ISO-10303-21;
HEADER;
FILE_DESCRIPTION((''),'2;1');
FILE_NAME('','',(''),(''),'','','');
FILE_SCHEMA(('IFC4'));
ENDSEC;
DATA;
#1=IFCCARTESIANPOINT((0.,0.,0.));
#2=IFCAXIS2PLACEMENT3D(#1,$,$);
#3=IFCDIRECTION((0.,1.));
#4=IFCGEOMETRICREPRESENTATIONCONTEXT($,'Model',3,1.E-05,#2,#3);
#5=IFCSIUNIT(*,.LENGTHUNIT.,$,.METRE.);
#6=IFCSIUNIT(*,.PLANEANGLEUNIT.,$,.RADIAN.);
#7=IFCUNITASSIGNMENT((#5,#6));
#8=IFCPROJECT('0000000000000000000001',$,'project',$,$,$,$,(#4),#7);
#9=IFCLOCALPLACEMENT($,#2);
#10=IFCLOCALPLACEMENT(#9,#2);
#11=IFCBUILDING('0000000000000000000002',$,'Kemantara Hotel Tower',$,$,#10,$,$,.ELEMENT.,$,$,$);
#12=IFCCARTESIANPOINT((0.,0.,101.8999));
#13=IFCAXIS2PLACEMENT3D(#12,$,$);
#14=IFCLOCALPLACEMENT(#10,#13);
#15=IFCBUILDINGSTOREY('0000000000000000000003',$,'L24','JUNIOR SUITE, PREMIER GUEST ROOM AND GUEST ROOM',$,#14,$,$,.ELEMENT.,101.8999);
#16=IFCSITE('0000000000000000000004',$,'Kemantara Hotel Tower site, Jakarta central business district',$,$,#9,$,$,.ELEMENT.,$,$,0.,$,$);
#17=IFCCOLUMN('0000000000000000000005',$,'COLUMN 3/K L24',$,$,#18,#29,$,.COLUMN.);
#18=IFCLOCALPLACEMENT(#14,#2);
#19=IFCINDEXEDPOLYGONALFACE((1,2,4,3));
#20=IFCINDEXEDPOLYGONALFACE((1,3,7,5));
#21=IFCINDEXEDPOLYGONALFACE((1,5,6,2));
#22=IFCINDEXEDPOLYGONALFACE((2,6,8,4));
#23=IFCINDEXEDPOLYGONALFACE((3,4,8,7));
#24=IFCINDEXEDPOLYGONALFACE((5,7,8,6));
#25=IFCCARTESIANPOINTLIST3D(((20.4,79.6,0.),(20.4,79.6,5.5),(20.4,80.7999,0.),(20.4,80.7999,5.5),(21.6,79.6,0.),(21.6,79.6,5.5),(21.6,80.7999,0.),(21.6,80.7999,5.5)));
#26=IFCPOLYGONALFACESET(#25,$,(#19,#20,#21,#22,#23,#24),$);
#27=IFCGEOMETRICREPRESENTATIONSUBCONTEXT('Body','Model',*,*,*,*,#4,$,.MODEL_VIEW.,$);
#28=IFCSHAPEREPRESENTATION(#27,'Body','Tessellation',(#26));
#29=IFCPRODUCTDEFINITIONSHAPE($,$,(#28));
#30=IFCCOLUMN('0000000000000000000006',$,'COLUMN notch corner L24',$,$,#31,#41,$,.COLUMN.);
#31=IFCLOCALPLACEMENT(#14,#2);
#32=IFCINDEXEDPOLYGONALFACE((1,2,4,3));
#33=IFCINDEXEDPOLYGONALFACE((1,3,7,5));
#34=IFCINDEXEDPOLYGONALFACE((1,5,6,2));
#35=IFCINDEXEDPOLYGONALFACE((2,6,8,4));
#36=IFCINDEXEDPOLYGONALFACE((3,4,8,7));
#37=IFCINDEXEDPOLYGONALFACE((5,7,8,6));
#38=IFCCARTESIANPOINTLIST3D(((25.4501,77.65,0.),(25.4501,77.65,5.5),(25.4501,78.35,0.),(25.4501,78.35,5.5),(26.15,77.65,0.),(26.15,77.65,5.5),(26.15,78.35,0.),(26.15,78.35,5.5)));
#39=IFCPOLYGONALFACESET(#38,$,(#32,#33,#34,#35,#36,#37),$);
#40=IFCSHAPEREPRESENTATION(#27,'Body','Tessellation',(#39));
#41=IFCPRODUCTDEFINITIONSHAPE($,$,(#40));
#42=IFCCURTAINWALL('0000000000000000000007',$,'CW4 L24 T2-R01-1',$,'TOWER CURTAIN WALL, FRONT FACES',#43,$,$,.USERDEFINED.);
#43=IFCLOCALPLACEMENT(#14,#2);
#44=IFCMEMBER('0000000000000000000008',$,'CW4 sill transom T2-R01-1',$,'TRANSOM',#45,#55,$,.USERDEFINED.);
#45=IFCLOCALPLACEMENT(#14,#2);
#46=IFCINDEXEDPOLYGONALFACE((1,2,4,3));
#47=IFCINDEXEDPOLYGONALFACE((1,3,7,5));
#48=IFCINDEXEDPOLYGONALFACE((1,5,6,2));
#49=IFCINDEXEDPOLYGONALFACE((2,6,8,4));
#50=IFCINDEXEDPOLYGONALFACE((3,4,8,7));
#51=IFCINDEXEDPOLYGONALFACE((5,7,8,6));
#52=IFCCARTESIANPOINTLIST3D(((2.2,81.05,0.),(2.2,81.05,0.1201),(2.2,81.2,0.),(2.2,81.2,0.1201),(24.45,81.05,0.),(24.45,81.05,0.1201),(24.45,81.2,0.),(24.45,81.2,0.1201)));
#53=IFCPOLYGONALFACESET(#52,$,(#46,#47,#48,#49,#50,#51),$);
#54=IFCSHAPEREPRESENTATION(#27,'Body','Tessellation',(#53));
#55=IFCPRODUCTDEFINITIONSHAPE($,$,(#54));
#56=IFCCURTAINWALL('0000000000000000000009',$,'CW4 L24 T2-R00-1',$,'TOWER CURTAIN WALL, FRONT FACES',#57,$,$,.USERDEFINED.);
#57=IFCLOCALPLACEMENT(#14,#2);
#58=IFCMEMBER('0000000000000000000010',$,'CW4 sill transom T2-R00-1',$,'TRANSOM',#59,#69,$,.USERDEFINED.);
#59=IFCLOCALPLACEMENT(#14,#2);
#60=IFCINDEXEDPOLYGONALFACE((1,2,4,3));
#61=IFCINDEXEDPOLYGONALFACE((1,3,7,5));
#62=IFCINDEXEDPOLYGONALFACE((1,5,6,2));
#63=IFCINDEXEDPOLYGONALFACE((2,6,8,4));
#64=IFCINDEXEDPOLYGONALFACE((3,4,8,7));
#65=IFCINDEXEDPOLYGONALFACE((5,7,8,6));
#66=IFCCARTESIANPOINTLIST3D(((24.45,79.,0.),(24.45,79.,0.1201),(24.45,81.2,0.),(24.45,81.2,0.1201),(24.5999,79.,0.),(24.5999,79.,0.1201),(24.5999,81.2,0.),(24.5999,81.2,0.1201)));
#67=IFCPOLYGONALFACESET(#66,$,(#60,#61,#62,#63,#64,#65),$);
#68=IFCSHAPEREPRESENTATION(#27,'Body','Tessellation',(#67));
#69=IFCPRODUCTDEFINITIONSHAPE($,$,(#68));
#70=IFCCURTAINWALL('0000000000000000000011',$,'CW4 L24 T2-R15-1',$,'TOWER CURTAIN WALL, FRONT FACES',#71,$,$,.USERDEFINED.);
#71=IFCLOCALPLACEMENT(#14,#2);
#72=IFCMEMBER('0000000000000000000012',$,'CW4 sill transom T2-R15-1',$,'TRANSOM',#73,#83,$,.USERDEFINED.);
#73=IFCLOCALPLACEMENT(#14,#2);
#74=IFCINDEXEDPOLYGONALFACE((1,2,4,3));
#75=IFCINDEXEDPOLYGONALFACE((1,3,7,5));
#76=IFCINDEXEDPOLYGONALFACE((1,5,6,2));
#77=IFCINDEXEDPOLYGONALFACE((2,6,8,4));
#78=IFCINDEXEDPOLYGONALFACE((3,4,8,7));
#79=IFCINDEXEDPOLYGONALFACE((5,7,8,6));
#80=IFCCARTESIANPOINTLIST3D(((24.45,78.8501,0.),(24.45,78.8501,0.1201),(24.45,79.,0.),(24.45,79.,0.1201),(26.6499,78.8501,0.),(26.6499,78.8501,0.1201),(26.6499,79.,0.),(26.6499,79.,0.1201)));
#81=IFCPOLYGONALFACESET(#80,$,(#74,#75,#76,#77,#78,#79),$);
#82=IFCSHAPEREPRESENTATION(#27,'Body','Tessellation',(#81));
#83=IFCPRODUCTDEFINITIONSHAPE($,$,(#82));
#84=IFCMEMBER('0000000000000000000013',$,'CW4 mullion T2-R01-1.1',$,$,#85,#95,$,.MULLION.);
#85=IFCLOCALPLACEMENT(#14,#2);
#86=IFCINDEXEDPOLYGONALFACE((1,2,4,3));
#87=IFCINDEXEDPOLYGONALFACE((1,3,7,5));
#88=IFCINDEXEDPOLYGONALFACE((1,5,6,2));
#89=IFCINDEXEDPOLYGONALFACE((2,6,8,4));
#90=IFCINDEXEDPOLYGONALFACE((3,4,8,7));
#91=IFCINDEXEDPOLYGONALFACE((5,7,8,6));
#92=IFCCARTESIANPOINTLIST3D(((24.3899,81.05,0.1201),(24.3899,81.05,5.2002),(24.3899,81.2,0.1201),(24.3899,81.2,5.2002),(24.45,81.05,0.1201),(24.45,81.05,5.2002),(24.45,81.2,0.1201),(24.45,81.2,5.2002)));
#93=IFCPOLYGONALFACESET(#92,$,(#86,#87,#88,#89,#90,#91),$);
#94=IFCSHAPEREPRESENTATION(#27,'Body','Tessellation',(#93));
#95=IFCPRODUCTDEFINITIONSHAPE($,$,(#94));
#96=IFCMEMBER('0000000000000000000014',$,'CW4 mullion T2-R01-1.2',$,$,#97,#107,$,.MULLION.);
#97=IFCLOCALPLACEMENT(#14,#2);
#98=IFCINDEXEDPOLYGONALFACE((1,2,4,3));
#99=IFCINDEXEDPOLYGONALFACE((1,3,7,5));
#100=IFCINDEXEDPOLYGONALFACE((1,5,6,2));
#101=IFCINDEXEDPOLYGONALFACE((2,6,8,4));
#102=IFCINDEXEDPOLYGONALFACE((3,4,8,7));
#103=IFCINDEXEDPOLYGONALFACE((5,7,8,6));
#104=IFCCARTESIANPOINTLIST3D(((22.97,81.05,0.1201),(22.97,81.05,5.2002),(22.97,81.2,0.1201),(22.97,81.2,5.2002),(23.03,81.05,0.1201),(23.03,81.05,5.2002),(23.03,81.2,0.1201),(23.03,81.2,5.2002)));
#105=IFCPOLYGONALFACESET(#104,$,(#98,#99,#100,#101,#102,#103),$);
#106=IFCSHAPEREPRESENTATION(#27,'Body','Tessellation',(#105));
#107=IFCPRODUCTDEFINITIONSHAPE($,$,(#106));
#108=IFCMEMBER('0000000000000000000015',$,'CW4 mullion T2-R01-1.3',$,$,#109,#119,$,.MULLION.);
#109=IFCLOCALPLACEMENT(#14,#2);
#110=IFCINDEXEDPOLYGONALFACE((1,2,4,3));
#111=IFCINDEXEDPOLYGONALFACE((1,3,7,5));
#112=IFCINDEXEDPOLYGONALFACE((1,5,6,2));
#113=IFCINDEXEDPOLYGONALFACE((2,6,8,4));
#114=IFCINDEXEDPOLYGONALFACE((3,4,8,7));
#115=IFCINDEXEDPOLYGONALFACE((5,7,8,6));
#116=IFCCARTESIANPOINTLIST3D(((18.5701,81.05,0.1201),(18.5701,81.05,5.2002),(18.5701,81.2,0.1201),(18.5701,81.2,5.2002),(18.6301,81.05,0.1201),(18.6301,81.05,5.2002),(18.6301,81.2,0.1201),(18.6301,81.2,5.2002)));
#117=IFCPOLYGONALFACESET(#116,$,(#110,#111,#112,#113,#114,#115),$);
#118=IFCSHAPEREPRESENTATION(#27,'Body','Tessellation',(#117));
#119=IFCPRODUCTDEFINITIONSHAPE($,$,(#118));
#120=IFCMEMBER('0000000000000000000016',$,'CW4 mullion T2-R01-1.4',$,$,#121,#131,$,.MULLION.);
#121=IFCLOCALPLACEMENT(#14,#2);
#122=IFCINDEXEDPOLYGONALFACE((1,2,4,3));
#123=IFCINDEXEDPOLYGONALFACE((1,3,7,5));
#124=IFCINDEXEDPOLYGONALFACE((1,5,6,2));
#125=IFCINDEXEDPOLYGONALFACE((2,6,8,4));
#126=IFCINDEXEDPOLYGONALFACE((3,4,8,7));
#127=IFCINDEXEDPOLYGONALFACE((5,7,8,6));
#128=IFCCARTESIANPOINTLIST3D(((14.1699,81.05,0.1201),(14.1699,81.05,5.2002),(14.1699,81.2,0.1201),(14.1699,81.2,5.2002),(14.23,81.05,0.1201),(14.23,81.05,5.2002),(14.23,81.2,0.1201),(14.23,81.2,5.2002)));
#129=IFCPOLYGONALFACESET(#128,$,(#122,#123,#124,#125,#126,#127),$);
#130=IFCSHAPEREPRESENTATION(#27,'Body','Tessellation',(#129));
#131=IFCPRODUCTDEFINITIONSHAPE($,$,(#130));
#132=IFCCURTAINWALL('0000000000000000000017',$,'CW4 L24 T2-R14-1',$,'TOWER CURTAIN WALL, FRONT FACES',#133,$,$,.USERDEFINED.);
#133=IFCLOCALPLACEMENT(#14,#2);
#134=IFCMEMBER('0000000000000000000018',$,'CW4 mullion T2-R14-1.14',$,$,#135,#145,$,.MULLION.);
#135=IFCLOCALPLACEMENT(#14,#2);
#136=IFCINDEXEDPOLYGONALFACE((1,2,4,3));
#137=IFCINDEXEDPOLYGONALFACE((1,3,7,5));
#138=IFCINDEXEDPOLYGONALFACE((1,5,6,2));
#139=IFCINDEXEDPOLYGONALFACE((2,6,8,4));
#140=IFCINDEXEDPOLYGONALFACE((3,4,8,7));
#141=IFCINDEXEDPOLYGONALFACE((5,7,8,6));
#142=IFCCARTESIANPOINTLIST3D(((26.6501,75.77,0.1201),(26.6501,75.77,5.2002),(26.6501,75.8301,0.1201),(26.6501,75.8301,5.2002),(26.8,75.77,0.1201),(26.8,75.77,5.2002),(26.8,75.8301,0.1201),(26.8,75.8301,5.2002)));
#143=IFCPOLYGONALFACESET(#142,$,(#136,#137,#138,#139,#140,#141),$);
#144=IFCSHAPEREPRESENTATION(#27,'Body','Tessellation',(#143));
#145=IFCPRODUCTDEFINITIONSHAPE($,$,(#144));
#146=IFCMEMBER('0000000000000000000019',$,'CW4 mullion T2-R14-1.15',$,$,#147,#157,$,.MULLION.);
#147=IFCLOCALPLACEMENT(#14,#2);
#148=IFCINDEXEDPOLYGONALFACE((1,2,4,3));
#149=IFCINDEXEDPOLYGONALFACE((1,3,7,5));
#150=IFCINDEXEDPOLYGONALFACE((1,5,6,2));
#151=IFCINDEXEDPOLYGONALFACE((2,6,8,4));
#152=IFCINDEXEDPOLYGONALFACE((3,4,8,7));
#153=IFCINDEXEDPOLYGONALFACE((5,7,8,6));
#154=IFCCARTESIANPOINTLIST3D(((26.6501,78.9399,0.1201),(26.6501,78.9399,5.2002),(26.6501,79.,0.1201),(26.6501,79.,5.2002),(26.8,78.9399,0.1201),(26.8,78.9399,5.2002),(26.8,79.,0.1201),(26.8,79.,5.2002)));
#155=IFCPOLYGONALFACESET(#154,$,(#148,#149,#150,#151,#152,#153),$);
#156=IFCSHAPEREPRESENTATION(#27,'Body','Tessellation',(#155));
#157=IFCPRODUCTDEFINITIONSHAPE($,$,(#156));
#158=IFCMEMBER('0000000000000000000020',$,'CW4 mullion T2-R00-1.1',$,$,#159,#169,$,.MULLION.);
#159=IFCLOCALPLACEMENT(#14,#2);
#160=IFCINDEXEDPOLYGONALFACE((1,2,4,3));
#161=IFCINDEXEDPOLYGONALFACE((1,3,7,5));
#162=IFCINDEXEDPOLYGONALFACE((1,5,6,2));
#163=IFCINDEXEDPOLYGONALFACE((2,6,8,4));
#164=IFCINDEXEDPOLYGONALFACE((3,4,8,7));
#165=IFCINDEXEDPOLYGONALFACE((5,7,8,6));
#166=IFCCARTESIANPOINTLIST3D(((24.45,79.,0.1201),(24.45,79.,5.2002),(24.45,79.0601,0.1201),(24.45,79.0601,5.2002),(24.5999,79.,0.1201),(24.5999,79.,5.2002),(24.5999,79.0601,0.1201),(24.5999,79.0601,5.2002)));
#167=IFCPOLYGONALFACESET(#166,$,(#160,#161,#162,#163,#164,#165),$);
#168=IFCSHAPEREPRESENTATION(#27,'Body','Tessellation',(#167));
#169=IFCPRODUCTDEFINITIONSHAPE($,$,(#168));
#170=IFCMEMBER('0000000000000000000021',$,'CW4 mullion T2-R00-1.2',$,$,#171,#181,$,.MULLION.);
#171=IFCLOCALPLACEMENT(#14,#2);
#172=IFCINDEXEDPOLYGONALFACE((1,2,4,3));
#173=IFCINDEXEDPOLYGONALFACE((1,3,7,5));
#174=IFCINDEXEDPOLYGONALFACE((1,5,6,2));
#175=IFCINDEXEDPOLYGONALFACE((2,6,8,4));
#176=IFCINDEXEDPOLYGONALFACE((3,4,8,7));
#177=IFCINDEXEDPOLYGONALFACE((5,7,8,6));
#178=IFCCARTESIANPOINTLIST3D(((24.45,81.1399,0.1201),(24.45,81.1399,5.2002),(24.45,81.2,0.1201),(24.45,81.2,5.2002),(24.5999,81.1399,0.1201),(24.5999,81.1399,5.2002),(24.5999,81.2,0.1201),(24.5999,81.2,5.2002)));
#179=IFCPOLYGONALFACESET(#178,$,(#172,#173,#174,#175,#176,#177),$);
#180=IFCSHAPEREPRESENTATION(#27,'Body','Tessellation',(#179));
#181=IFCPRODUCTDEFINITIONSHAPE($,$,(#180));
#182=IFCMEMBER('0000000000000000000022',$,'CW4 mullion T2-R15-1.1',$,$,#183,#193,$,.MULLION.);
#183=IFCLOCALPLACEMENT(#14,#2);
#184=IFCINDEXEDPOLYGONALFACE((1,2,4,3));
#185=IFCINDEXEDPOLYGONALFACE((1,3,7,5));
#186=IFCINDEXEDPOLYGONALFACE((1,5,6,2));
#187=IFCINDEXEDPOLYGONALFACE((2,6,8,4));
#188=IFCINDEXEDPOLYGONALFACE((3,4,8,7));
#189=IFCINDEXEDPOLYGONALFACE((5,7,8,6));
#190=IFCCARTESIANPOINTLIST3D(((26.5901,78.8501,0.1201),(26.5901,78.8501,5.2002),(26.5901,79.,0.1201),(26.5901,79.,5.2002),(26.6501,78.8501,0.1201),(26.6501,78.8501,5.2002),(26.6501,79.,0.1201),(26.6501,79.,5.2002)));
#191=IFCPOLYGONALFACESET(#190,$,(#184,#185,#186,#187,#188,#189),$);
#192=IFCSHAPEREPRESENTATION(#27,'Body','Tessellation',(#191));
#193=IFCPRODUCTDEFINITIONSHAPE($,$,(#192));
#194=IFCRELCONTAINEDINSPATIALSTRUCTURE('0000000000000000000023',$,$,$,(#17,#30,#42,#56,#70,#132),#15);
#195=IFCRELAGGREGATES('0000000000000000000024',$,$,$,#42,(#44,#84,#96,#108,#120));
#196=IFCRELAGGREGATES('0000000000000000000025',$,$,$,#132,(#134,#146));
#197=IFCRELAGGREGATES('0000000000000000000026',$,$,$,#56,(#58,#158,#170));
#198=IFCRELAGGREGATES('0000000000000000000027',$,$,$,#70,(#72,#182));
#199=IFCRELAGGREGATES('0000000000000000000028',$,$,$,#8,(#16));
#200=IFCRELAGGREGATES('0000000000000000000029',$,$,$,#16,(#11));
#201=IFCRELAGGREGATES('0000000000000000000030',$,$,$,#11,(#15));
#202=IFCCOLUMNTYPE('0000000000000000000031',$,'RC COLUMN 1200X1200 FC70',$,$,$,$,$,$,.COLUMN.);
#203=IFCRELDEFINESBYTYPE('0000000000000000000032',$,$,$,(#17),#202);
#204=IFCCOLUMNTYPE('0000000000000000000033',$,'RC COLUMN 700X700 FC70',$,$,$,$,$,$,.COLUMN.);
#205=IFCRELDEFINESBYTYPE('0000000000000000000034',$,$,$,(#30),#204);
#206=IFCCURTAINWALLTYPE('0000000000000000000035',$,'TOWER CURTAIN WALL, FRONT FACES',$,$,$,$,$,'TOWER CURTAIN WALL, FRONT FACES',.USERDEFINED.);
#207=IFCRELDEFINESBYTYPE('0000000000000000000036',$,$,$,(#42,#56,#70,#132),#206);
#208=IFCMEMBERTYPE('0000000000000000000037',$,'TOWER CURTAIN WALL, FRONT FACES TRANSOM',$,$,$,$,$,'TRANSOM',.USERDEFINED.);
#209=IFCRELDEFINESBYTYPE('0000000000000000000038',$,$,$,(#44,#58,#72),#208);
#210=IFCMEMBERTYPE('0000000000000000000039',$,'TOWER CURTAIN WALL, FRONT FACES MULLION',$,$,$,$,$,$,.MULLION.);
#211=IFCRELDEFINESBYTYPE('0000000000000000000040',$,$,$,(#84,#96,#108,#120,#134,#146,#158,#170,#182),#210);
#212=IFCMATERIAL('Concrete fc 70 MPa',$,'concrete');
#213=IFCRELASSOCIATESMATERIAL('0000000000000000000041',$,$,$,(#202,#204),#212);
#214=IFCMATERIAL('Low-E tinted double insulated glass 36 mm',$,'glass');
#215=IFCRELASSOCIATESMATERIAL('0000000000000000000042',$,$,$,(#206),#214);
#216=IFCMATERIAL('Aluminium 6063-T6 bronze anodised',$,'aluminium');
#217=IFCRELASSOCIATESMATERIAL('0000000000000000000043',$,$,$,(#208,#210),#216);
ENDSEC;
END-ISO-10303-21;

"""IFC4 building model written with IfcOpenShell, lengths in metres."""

from ifc_helpers import new_model, si_unit, direction, frame, origin, origin_2d, place, context, subcontext, project, spatial, rectangle, extrude, source, transform, mapped, material, material_profile, profile_set, type_object, element, aggregate, save


model = new_model("IFC4")

# Units and contexts
model_context = context("Model", 3, precision=1e-05, world=origin(), true_north=direction((0.0, 1.0)))
body_context = subcontext(model_context, "Body", "Model", "MODEL_VIEW")
ifc_project = project(units=[si_unit("LENGTHUNIT", "METRE"), si_unit("PLANEANGLEUNIT", "RADIAN")], contexts=[model_context])

# Site, building, storey
site_placement = place(None, origin())
site = spatial("IfcSite", under=ifc_project, at=site_placement, Name="Kemantara Hotel Tower site, Jakarta central business district", CompositionType="ELEMENT", RefElevation=0.0)
building_placement = place(site_placement, origin())
building = spatial("IfcBuilding", under=site, at=building_placement, Name="Kemantara Hotel Tower", CompositionType="ELEMENT")
storey_placement = place(building_placement, frame((0.0, 0.0, 101.8999)))
storey = spatial("IfcBuildingStorey", under=building, at=storey_placement, Name="L24", Description="JUNIOR SUITE, PREMIER GUEST ROOM AND GUEST ROOM", CompositionType="ELEMENT", Elevation=101.8999)

# Columns
ifc_material_1 = material(Name="Concrete fc 70 MPa", Category="concrete")
ifc_material_profile_1 = material_profile(ifc_material_1, rectangle(XDim=1.2, YDim=1.2, at=origin_2d()), Name="RC 1200X1200")
ifc_profile_set_1 = profile_set([ifc_material_profile_1], Name="Concrete fc 70 MPa")
column_type_1 = type_object("IfcColumnType", Name="RC COLUMN 1200X1200 FC70", PredefinedType="COLUMN", material=ifc_profile_set_1)
column_1_placement = place(storey_placement, frame((21.0, 80.2, 0.0), z_axis=(0.0, 0.0, 1.0), x_axis=(1.0, 0.0, 0.0)))
element("IfcColumn", 1, at=column_1_placement, inside=storey, type_object=column_type_1, Name="COLUMN 3/K L24", PredefinedType="COLUMN", context=body_context, shape_type="SweptSolid", body=[
    extrude(rectangle(XDim=1.2, YDim=1.2, at=origin_2d()), origin(), (0.0, 0.0, 1.0), 5.5),
])
ifc_material_profile_2 = material_profile(ifc_material_1, rectangle(XDim=0.7, YDim=0.7, at=origin_2d()), Name="RC 700X700")
ifc_profile_set_2 = profile_set([ifc_material_profile_2], Name="Concrete fc 70 MPa")
column_type_2 = type_object("IfcColumnType", Name="RC COLUMN 700X700 FC70", PredefinedType="COLUMN", material=ifc_profile_set_2)
column_2_placement = place(storey_placement, frame((25.8, 78.0, 0.0), z_axis=(0.0, 0.0, 1.0), x_axis=(1.0, 0.0, 0.0)))
element("IfcColumn", 2, at=column_2_placement, inside=storey, type_object=column_type_2, Name="COLUMN notch corner L24", PredefinedType="COLUMN", context=body_context, shape_type="SweptSolid", body=[
    extrude(rectangle(XDim=0.7, YDim=0.7, at=origin_2d()), origin(), (0.0, 0.0, 1.0), 5.5),
])

# Curtain walls, members
ifc_material_2 = material(Name="Low-E tinted double insulated glass 36 mm", Category="glass")
curtain_wall_type = type_object("IfcCurtainWallType", Name="TOWER CURTAIN WALL, FRONT FACES", ElementType="TOWER CURTAIN WALL, FRONT FACES", PredefinedType="USERDEFINED", material=ifc_material_2)
curtain_wall_1_placement = place(storey_placement, origin())
curtain_wall_1 = element("IfcCurtainWall", 3, at=curtain_wall_1_placement, inside=storey, type_object=curtain_wall_type, Name="CW4 L24 T2-R01-1", ObjectType="TOWER CURTAIN WALL, FRONT FACES", PredefinedType="USERDEFINED")
ifc_material_3 = material(Name="Aluminium 6063-T6 bronze anodised", Category="aluminium")
ifc_material_profile_3 = material_profile(ifc_material_3, rectangle(XDim=0.1499, YDim=0.1201, at=origin_2d()), Name="TOWER CURTAIN WALL, FRONT FACES TRANSOM")
ifc_profile_set_3 = profile_set([ifc_material_profile_3], Name="Aluminium 6063-T6 bronze anodised")
member_type_1 = type_object("IfcMemberType", Name="TOWER CURTAIN WALL, FRONT FACES TRANSOM", ElementType="TRANSOM", PredefinedType="USERDEFINED", material=ifc_profile_set_3)
member_1_placement = place(storey_placement, frame((24.45, 81.125, 0.0601), z_axis=(-1.0, 0.0, 0.0), x_axis=(0.0, -1.0, 0.0)))
member_1 = element("IfcMember", 4, at=member_1_placement, type_object=member_type_1, Name="CW4 sill transom T2-R01-1", ObjectType="TRANSOM", PredefinedType="USERDEFINED", context=body_context, shape_type="SweptSolid", body=[
    extrude(rectangle(XDim=0.1499, YDim=0.1201, at=origin_2d()), origin(), (0.0, 0.0, 1.0), 22.25),
])
curtain_wall_2_placement = place(storey_placement, origin())
curtain_wall_2 = element("IfcCurtainWall", 5, at=curtain_wall_2_placement, inside=storey, type_object=curtain_wall_type, Name="CW4 L24 T2-R00-1", ObjectType="TOWER CURTAIN WALL, FRONT FACES", PredefinedType="USERDEFINED")
member_2_placement = place(storey_placement, frame((24.5249, 79.0, 0.0601), z_axis=(0.0, 1.0, 0.0), x_axis=(-1.0, 0.0, 0.0)))
member_2 = element("IfcMember", 6, at=member_2_placement, type_object=member_type_1, Name="CW4 sill transom T2-R00-1", ObjectType="TRANSOM", PredefinedType="USERDEFINED", context=body_context, shape_type="SweptSolid", body=[
    extrude(rectangle(XDim=0.1499, YDim=0.1201, at=origin_2d()), origin(), (0.0, 0.0, 1.0), 2.2),
])
curtain_wall_3_placement = place(storey_placement, origin())
curtain_wall_3 = element("IfcCurtainWall", 7, at=curtain_wall_3_placement, inside=storey, type_object=curtain_wall_type, Name="CW4 L24 T2-R15-1", ObjectType="TOWER CURTAIN WALL, FRONT FACES", PredefinedType="USERDEFINED")
member_3_placement = place(storey_placement, frame((26.6499, 78.925, 0.0601), z_axis=(-1.0, 0.0, 0.0), x_axis=(0.0, -1.0, 0.0)))
member_3 = element("IfcMember", 8, at=member_3_placement, type_object=member_type_1, Name="CW4 sill transom T2-R15-1", ObjectType="TRANSOM", PredefinedType="USERDEFINED", context=body_context, shape_type="SweptSolid", body=[
    extrude(rectangle(XDim=0.1499, YDim=0.1201, at=origin_2d()), origin(), (0.0, 0.0, 1.0), 2.2),
])

# Members
ifc_material_profile_4 = material_profile(ifc_material_3, rectangle(XDim=0.1499, YDim=0.0601, at=origin_2d()), Name="TOWER CURTAIN WALL, FRONT FACES MULLION")
ifc_profile_set_4 = profile_set([ifc_material_profile_4], Name="Aluminium 6063-T6 bronze anodised")
member_type_2 = type_object("IfcMemberType", Name="TOWER CURTAIN WALL, FRONT FACES MULLION", PredefinedType="MULLION", material=ifc_profile_set_4)
shared_shape_1 = source(origin(), body_context, "Body", "SweptSolid", [
    extrude(rectangle(XDim=0.1499, YDim=0.0601, at=origin_2d()), origin(), (0.0, 0.0, 1.0), 5.0801),
])
member_4_placement = place(storey_placement, frame((24.4199, 81.125, 0.1201), z_axis=(0.0, 0.0, 1.0), x_axis=(0.0, -1.0, 0.0)))
member_4 = element("IfcMember", 9, at=member_4_placement, type_object=member_type_2, Name="CW4 mullion T2-R01-1.1", PredefinedType="MULLION", context=body_context, shape_type="MappedRepresentation", body=[
    mapped(shared_shape_1, transform((0.0, 0.0, 0.0))),
])
member_5_placement = place(storey_placement, frame((23.0, 81.125, 0.1201), z_axis=(0.0, 0.0, 1.0), x_axis=(0.0, -1.0, 0.0)))
member_5 = element("IfcMember", 10, at=member_5_placement, type_object=member_type_2, Name="CW4 mullion T2-R01-1.2", PredefinedType="MULLION", context=body_context, shape_type="MappedRepresentation", body=[
    mapped(shared_shape_1, transform((0.0, 0.0, 0.0))),
])
member_6_placement = place(storey_placement, frame((18.6001, 81.125, 0.1201), z_axis=(0.0, 0.0, 1.0), x_axis=(0.0, -1.0, 0.0)))
member_6 = element("IfcMember", 11, at=member_6_placement, type_object=member_type_2, Name="CW4 mullion T2-R01-1.3", PredefinedType="MULLION", context=body_context, shape_type="MappedRepresentation", body=[
    mapped(shared_shape_1, transform((0.0, 0.0, 0.0))),
])
member_7_placement = place(storey_placement, frame((14.2, 81.125, 0.1201), z_axis=(0.0, 0.0, 1.0), x_axis=(0.0, -1.0, 0.0)))
member_7 = element("IfcMember", 12, at=member_7_placement, type_object=member_type_2, Name="CW4 mullion T2-R01-1.4", PredefinedType="MULLION", context=body_context, shape_type="MappedRepresentation", body=[
    mapped(shared_shape_1, transform((0.0, 0.0, 0.0))),
])

# Curtain wall, members
curtain_wall_4_placement = place(storey_placement, origin())
curtain_wall_4 = element("IfcCurtainWall", 13, at=curtain_wall_4_placement, inside=storey, type_object=curtain_wall_type, Name="CW4 L24 T2-R14-1", ObjectType="TOWER CURTAIN WALL, FRONT FACES", PredefinedType="USERDEFINED")
member_8_placement = place(storey_placement, frame((26.7251, 75.8, 0.1201), z_axis=(0.0, 0.0, 1.0), x_axis=(-1.0, 0.0, 0.0)))
member_8 = element("IfcMember", 14, at=member_8_placement, type_object=member_type_2, Name="CW4 mullion T2-R14-1.14", PredefinedType="MULLION", context=body_context, shape_type="MappedRepresentation", body=[
    mapped(shared_shape_1, transform((0.0, 0.0, 0.0))),
])
member_9_placement = place(storey_placement, frame((26.7251, 78.97, 0.1201), z_axis=(0.0, 0.0, 1.0), x_axis=(-1.0, 0.0, 0.0)))
member_9 = element("IfcMember", 15, at=member_9_placement, type_object=member_type_2, Name="CW4 mullion T2-R14-1.15", PredefinedType="MULLION", context=body_context, shape_type="MappedRepresentation", body=[
    mapped(shared_shape_1, transform((0.0, 0.0, 0.0))),
])

# Members
member_10_placement = place(storey_placement, frame((24.5249, 79.03, 0.1201), z_axis=(0.0, 0.0, 1.0), x_axis=(-1.0, 0.0, 0.0)))
member_10 = element("IfcMember", 16, at=member_10_placement, type_object=member_type_2, Name="CW4 mullion T2-R00-1.1", PredefinedType="MULLION", context=body_context, shape_type="MappedRepresentation", body=[
    mapped(shared_shape_1, transform((0.0, 0.0, 0.0))),
])
member_11_placement = place(storey_placement, frame((24.5249, 81.1699, 0.1201), z_axis=(0.0, 0.0, 1.0), x_axis=(-1.0, 0.0, 0.0)))
member_11 = element("IfcMember", 17, at=member_11_placement, type_object=member_type_2, Name="CW4 mullion T2-R00-1.2", PredefinedType="MULLION", context=body_context, shape_type="MappedRepresentation", body=[
    mapped(shared_shape_1, transform((0.0, 0.0, 0.0))),
])
member_12_placement = place(storey_placement, frame((26.6201, 78.925, 0.1201), z_axis=(0.0, 0.0, 1.0), x_axis=(0.0, -1.0, 0.0)))
member_12 = element("IfcMember", 18, at=member_12_placement, type_object=member_type_2, Name="CW4 mullion T2-R15-1.1", PredefinedType="MULLION", context=body_context, shape_type="MappedRepresentation", body=[
    mapped(shared_shape_1, transform((0.0, 0.0, 0.0))),
])

aggregate(curtain_wall_1, [member_1, member_4, member_5, member_6, member_7])
aggregate(curtain_wall_4, [member_8, member_9])
aggregate(curtain_wall_2, [member_2, member_10, member_11])
aggregate(curtain_wall_3, [member_3, member_12])

save(model, "model.ifc")
